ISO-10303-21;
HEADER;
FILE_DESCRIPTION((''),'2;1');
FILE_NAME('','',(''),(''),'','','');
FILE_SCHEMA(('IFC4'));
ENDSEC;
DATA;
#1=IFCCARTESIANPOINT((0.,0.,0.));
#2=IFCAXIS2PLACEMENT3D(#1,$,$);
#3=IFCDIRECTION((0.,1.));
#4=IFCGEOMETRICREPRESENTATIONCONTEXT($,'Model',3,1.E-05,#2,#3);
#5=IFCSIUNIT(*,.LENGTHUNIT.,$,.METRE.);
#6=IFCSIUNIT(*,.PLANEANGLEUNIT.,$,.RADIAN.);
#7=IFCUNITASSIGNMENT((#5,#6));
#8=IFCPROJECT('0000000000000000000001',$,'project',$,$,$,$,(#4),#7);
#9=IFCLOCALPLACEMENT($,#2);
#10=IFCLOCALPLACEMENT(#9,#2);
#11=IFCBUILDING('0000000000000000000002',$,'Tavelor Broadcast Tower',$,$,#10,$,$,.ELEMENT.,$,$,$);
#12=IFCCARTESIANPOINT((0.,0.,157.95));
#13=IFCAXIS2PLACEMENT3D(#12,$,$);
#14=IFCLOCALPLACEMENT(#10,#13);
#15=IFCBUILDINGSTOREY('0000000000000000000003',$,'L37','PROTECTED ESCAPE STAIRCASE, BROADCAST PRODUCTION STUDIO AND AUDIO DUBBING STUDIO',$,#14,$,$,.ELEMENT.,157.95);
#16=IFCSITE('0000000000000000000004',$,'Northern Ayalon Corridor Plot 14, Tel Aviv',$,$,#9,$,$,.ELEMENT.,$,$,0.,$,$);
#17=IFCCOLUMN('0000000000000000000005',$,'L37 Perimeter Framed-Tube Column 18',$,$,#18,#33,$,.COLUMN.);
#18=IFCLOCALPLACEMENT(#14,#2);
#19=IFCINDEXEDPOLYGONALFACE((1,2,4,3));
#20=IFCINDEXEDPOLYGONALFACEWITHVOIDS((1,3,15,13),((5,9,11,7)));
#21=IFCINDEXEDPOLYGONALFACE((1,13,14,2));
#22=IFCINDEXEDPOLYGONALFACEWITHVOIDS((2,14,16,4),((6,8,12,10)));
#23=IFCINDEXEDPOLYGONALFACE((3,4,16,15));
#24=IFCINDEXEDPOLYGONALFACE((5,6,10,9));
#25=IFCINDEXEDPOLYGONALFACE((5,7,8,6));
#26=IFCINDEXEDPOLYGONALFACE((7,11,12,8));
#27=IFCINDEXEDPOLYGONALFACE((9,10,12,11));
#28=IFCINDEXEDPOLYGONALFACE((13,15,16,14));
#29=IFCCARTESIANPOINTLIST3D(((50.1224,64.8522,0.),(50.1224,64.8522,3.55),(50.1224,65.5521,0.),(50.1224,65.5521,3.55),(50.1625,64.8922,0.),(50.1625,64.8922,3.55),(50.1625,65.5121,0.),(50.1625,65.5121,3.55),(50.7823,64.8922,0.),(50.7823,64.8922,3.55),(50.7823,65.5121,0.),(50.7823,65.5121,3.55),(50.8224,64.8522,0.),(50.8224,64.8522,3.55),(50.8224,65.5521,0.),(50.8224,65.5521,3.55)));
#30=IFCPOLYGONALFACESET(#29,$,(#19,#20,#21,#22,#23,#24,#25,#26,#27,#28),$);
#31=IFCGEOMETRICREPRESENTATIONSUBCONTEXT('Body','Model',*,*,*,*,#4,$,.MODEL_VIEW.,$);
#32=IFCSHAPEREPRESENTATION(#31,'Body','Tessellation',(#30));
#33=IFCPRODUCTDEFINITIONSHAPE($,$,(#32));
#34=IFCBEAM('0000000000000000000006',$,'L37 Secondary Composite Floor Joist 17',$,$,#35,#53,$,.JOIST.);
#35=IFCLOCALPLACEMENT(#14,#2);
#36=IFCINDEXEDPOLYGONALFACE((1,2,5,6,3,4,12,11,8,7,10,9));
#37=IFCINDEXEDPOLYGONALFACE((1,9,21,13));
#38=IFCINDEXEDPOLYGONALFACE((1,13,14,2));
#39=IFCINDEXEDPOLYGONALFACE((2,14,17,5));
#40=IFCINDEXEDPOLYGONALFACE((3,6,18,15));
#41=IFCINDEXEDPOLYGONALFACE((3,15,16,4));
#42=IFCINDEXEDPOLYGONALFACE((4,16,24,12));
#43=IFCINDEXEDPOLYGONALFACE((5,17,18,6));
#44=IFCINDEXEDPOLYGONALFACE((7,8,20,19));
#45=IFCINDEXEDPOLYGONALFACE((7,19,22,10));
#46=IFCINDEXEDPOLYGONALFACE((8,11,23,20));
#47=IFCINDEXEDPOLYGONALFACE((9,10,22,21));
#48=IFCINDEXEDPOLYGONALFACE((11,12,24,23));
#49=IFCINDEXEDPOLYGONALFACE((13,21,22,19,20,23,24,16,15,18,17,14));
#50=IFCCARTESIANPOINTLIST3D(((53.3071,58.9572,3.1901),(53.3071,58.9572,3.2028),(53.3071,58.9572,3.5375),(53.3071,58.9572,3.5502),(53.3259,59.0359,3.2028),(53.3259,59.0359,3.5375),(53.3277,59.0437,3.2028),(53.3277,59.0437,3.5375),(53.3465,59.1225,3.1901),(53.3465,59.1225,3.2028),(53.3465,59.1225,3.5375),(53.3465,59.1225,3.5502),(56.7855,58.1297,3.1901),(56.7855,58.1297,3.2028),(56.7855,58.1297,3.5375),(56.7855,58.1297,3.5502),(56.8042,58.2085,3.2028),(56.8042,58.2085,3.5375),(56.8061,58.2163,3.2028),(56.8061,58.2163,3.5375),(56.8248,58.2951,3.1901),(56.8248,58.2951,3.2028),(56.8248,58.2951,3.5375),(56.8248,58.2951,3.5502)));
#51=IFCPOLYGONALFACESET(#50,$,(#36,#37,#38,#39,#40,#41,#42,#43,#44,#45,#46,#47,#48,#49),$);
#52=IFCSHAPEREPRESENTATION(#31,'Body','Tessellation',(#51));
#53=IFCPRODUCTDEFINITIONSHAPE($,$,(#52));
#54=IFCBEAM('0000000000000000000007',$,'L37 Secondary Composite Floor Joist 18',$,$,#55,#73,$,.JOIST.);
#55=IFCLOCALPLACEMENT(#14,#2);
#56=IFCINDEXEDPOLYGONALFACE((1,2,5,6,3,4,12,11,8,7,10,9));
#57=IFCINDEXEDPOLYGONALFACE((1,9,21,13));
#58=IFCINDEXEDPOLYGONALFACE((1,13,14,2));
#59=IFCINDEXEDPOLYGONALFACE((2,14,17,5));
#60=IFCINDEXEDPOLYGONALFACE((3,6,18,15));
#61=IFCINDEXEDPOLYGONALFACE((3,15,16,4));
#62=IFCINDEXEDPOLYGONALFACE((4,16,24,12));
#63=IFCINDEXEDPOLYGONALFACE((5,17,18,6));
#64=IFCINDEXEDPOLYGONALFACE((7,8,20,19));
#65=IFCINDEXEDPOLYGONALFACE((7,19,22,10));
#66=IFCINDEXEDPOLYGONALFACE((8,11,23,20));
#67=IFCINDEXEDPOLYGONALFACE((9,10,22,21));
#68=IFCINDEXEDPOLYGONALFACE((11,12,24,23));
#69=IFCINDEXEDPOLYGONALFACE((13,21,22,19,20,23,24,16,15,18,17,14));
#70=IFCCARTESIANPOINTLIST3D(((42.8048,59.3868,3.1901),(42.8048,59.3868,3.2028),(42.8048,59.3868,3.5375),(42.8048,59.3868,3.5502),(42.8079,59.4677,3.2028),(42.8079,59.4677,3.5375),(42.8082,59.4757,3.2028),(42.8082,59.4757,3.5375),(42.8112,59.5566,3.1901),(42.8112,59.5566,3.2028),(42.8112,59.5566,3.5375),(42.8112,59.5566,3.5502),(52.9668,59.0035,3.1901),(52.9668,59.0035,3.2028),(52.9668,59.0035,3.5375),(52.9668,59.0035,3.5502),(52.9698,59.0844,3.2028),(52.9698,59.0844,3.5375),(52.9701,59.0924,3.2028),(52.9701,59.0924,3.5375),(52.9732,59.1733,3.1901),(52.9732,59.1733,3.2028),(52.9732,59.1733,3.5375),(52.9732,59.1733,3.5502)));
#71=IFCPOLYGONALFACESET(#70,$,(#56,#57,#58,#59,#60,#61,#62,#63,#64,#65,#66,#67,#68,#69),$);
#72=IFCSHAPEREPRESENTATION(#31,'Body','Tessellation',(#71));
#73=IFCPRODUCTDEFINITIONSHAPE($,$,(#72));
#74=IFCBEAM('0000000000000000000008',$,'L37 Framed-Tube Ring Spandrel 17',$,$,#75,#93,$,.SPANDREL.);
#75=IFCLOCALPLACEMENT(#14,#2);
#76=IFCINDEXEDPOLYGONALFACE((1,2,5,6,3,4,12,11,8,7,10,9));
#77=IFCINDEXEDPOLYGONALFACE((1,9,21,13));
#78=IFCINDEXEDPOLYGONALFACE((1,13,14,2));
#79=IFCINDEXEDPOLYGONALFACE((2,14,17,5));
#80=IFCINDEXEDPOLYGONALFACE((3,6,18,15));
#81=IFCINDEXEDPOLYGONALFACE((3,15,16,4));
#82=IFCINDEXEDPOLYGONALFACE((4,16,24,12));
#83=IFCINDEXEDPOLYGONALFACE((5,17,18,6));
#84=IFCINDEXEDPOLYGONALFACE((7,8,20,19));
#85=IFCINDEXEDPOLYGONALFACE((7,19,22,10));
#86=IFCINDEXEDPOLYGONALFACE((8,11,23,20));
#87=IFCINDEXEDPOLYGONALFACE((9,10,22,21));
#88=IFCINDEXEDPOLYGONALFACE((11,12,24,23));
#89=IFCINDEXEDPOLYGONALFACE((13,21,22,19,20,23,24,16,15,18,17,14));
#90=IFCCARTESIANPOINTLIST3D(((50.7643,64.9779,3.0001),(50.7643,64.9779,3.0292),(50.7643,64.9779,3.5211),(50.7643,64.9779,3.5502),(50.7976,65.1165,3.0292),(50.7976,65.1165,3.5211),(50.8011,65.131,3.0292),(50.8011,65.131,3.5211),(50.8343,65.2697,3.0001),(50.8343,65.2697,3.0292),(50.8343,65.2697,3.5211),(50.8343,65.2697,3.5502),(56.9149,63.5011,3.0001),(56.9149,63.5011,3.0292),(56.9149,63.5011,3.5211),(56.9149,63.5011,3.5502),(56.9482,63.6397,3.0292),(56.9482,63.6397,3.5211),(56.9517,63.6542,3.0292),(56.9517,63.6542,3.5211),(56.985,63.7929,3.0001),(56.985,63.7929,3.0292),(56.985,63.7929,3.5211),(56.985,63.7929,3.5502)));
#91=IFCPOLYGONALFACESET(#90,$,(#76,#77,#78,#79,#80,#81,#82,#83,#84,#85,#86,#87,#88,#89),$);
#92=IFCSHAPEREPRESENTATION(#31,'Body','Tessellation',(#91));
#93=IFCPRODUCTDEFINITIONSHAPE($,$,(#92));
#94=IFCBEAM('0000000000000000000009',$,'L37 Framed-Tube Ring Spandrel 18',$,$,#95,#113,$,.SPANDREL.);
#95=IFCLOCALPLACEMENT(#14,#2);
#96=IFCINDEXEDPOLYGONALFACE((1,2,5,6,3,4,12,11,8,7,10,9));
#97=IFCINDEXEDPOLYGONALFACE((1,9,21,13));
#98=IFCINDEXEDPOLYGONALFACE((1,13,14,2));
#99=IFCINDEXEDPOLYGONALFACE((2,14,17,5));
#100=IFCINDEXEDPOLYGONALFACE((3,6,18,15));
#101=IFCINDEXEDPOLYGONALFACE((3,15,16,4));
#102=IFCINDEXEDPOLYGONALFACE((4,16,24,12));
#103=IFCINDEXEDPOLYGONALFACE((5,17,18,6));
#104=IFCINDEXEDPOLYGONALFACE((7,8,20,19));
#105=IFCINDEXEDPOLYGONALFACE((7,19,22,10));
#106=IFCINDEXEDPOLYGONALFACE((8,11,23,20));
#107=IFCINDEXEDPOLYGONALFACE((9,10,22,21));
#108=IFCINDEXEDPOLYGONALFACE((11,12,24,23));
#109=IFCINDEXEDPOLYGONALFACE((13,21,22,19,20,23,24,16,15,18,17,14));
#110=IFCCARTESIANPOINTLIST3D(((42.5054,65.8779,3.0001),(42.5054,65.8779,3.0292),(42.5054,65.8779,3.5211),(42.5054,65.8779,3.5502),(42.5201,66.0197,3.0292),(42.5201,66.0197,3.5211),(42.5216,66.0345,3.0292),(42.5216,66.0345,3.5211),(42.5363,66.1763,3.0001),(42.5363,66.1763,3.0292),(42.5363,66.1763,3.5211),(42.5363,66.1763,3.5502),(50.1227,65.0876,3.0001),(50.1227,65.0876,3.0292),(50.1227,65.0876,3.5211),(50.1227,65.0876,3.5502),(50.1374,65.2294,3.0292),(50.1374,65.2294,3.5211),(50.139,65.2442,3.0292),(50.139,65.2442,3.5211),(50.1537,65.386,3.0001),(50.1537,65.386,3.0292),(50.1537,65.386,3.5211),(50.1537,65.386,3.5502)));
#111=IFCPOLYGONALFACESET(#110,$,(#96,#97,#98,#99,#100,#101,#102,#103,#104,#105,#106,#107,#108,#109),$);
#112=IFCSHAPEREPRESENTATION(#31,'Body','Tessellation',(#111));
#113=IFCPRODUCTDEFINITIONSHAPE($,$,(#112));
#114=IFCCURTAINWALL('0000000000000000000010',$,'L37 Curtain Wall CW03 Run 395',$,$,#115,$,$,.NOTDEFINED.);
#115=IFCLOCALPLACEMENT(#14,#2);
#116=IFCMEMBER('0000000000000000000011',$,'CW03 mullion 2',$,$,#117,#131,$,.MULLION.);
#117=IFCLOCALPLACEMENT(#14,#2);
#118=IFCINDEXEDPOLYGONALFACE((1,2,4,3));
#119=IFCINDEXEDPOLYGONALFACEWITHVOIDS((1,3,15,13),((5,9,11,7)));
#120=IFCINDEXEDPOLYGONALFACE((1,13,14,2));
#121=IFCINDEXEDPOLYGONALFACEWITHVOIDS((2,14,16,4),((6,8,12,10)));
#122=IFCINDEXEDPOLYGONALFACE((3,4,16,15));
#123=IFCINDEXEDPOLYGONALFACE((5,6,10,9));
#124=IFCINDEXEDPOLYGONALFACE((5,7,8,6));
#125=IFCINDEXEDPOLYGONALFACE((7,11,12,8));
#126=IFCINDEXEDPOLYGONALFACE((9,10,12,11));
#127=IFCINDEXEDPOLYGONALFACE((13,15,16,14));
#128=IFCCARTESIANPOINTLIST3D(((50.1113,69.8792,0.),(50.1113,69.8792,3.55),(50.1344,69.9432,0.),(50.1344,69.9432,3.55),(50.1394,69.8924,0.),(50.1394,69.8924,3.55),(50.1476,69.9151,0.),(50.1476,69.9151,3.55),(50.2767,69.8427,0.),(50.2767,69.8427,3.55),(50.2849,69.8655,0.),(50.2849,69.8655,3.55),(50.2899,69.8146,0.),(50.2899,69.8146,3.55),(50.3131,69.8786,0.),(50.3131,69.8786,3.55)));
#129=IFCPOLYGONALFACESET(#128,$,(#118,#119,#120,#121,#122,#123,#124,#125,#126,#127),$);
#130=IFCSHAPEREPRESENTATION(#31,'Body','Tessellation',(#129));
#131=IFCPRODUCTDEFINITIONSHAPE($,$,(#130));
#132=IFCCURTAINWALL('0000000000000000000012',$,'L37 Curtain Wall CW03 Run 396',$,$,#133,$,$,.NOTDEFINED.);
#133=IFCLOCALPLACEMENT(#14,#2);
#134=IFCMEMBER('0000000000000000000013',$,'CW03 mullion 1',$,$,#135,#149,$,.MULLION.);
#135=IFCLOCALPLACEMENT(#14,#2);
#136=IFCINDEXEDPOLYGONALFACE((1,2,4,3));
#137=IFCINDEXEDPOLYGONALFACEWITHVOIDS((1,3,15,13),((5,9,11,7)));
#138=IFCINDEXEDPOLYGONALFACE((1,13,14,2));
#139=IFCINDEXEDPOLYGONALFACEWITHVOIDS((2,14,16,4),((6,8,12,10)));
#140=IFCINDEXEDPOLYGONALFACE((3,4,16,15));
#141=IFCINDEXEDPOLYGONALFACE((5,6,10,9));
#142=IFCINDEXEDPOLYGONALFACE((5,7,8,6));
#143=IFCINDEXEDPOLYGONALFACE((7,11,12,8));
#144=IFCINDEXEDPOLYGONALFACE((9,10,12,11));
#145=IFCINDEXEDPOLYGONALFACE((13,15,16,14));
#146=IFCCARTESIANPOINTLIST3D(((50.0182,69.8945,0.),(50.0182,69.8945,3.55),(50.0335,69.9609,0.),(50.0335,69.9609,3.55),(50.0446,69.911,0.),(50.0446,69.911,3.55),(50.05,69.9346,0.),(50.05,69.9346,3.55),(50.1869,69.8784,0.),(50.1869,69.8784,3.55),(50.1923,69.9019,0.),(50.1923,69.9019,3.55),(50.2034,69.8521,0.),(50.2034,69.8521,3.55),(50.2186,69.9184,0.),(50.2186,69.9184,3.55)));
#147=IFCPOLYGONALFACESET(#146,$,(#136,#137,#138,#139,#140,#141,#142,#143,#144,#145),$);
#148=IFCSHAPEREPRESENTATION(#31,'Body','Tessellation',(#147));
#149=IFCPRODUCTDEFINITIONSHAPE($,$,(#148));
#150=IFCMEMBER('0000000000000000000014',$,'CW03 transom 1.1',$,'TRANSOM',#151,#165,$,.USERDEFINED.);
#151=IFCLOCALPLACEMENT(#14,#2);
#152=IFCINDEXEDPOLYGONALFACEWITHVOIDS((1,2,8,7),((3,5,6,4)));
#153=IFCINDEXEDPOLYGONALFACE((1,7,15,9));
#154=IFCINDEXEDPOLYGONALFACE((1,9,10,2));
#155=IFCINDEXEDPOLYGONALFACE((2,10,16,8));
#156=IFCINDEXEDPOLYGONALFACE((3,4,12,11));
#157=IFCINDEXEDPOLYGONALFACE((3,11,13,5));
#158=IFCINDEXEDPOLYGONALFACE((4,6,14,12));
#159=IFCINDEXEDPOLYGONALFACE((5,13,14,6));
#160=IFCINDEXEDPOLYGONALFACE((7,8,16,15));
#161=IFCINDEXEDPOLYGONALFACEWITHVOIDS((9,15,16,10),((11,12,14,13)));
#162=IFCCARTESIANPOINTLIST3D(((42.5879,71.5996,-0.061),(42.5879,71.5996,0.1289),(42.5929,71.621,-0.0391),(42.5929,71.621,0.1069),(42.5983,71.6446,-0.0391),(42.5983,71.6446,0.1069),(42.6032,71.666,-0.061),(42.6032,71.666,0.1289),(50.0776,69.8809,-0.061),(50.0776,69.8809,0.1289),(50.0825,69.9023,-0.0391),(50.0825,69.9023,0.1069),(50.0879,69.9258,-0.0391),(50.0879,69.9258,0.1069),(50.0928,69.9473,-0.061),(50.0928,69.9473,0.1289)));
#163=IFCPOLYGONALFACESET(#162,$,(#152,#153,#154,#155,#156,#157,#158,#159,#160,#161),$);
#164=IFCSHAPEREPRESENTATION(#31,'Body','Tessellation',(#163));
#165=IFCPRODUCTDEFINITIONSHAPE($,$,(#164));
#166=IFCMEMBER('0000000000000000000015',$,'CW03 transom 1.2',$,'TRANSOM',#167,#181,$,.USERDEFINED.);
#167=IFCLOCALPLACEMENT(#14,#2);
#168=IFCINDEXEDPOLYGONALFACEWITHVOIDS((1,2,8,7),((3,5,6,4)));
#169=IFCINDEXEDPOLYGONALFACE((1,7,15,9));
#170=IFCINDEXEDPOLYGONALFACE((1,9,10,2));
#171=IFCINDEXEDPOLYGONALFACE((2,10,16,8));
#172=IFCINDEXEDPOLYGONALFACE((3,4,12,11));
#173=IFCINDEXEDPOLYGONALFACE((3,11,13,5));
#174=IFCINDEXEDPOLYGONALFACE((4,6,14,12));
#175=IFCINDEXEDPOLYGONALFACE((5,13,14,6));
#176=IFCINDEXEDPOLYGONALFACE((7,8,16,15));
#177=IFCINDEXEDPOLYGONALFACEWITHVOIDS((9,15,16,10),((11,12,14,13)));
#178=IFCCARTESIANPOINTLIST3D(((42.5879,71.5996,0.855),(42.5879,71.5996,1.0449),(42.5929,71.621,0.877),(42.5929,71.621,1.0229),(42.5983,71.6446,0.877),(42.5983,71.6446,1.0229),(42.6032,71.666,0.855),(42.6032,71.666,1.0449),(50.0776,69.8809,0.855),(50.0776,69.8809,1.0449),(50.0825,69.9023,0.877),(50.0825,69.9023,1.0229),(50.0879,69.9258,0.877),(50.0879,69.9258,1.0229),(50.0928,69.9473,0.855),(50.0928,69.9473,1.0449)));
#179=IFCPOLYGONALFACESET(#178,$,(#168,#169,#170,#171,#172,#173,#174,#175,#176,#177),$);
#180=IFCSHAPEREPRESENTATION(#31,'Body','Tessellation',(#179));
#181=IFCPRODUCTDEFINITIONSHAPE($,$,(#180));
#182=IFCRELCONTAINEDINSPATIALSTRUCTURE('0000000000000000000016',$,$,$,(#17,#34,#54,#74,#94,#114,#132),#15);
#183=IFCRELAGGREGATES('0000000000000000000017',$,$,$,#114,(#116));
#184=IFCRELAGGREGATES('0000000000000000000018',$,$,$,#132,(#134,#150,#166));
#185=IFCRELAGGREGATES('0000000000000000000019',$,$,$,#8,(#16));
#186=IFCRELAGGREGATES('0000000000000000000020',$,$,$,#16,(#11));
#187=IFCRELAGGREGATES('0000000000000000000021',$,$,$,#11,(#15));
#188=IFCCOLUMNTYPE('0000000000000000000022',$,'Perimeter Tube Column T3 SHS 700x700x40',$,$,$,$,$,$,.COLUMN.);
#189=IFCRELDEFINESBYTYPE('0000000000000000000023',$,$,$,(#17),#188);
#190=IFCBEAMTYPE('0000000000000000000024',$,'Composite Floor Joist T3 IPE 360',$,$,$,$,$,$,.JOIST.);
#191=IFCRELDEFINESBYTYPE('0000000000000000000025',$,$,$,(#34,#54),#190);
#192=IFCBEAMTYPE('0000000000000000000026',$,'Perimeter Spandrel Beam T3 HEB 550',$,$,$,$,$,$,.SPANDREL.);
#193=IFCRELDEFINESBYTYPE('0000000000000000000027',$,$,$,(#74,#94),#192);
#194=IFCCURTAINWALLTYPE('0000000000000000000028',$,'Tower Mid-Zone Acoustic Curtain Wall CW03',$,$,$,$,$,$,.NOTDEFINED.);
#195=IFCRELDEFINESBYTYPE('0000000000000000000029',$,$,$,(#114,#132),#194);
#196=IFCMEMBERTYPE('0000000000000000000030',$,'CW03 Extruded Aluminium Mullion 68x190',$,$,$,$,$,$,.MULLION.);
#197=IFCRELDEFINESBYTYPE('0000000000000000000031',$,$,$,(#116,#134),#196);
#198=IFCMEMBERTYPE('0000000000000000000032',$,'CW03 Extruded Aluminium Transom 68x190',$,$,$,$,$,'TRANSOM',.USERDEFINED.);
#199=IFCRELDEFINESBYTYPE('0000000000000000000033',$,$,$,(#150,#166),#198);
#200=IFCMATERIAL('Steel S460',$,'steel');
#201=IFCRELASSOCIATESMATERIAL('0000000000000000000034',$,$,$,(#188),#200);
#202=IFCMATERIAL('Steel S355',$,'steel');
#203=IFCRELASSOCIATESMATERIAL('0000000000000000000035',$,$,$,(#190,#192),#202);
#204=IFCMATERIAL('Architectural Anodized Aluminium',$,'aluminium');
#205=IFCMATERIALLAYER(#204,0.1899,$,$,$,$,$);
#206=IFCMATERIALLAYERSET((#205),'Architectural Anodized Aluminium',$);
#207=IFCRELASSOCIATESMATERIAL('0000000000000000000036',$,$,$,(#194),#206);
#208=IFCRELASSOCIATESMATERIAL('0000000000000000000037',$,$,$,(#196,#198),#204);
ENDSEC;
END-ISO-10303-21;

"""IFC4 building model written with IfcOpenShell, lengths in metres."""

from ifc_helpers import new_model, si_unit, direction, frame, origin, origin_2d, place, context, subcontext, project, spatial, hollow_rectangle, i_section, extrude, source, transform, mapped, material, layer, layer_set, material_profile, profile_set, type_object, type_shapes, element, aggregate, save


model = new_model("IFC4")

# Units and contexts
model_context = context("Model", 3, precision=1e-05, world=origin(), true_north=direction((0.0, 1.0)))
body_context = subcontext(model_context, "Body", "Model", "MODEL_VIEW")
ifc_project = project(units=[si_unit("LENGTHUNIT", "METRE"), si_unit("PLANEANGLEUNIT", "RADIAN")], contexts=[model_context])

# Site, building, storey
site_placement = place(None, origin())
site = spatial("IfcSite", under=ifc_project, at=site_placement, Name="Northern Ayalon Corridor Plot 14, Tel Aviv", CompositionType="ELEMENT", RefElevation=0.0)
building_placement = place(site_placement, origin())
building = spatial("IfcBuilding", under=site, at=building_placement, Name="Tavelor Broadcast Tower", CompositionType="ELEMENT")
storey_placement = place(building_placement, frame((0.0, 0.0, 157.95)))
storey = spatial("IfcBuildingStorey", under=building, at=storey_placement, Name="L37", Description="PROTECTED ESCAPE STAIRCASE, BROADCAST PRODUCTION STUDIO AND AUDIO DUBBING STUDIO", CompositionType="ELEMENT", Elevation=157.95)

# Column
ifc_material_1 = material(Name="Steel S460", Category="steel")
ifc_material_profile_1 = material_profile(ifc_material_1, hollow_rectangle(XDim=0.7, YDim=0.7, WallThickness=0.04, at=origin_2d()), Name="SHS 700x700x40")
ifc_profile_set_1 = profile_set([ifc_material_profile_1], Name="Steel S460")
column_type = type_object("IfcColumnType", Name="Perimeter Tube Column T3 SHS 700x700x40", PredefinedType="COLUMN", material=ifc_profile_set_1)
column_placement = place(storey_placement, frame((50.4724, 65.2021, 0.0), z_axis=(0.0, 0.0, 1.0), x_axis=(1.0, 0.0, 0.0)))
element("IfcColumn", 1, at=column_placement, inside=storey, type_object=column_type, Name="L37 Perimeter Framed-Tube Column 18", PredefinedType="COLUMN", context=body_context, shape_type="SweptSolid", body=[
    extrude(hollow_rectangle(XDim=0.7, YDim=0.7, WallThickness=0.04, at=origin_2d()), origin(), (0.0, 0.0, 1.0), 3.55),
])

# Beams
ifc_material_2 = material(Name="Steel S355", Category="steel")
ifc_material_profile_2 = material_profile(ifc_material_2, i_section(OverallWidth=0.1699, OverallDepth=0.3601, WebThickness=0.0081, FlangeThickness=0.0127, at=origin_2d()), Name="IPE 360")
ifc_profile_set_2 = profile_set([ifc_material_profile_2], Name="Steel S355")
beam_type_1 = type_object("IfcBeamType", Name="Composite Floor Joist T3 IPE 360", PredefinedType="JOIST", material=ifc_profile_set_2)
beam_1_placement = place(storey_placement, frame((56.8052, 58.2124, 3.3701), z_axis=(-0.972855, 0.231417, 0.0), x_axis=(-0.231417, -0.972855, 0.0)))
element("IfcBeam", 2, at=beam_1_placement, inside=storey, type_object=beam_type_1, Name="L37 Secondary Composite Floor Joist 17", PredefinedType="JOIST", context=body_context, shape_type="SweptSolid", body=[
    extrude(i_section(OverallWidth=0.1699, OverallDepth=0.3601, WebThickness=0.0081, FlangeThickness=0.0127, at=origin_2d()), origin(), (0.0, 0.0, 1.0), 3.5754),
])
beam_2_placement = place(storey_placement, frame((52.97, 59.0884, 3.3701), z_axis=(-0.999289, 0.037693, 0.0), x_axis=(-0.037693, -0.999289, 0.0)))
element("IfcBeam", 3, at=beam_2_placement, inside=storey, type_object=beam_type_1, Name="L37 Secondary Composite Floor Joist 18", PredefinedType="JOIST", context=body_context, shape_type="SweptSolid", body=[
    extrude(i_section(OverallWidth=0.1699, OverallDepth=0.3601, WebThickness=0.0081, FlangeThickness=0.0127, at=origin_2d()), origin(), (0.0, 0.0, 1.0), 10.1692),
])
ifc_material_profile_3 = material_profile(ifc_material_2, i_section(OverallWidth=0.3, OverallDepth=0.55, WebThickness=0.0149, FlangeThickness=0.0291, at=origin_2d()), Name="HEB 550")
ifc_profile_set_3 = profile_set([ifc_material_profile_3], Name="Steel S355")
beam_type_2 = type_object("IfcBeamType", Name="Perimeter Spandrel Beam T3 HEB 550", PredefinedType="SPANDREL", material=ifc_profile_set_3)
beam_3_placement = place(storey_placement, frame((56.95, 63.647, 3.2751), z_axis=(-0.972364, 0.233471, 0.0), x_axis=(-0.233471, -0.972364, 0.0)))
element("IfcBeam", 4, at=beam_3_placement, inside=storey, type_object=beam_type_2, Name="L37 Framed-Tube Ring Spandrel 17", PredefinedType="SPANDREL", context=body_context, shape_type="SweptSolid", body=[
    extrude(i_section(OverallWidth=0.3, OverallDepth=0.55, WebThickness=0.0149, FlangeThickness=0.0291, at=origin_2d()), origin(), (0.0, 0.0, 1.0), 6.3254),
])
beam_4_placement = place(storey_placement, frame((50.1382, 65.2368, 3.2751), z_axis=(-0.994661, 0.103193, 0.0), x_axis=(-0.103193, -0.994661, 0.0)))
element("IfcBeam", 5, at=beam_4_placement, inside=storey, type_object=beam_type_2, Name="L37 Framed-Tube Ring Spandrel 18", PredefinedType="SPANDREL", context=body_context, shape_type="SweptSolid", body=[
    extrude(i_section(OverallWidth=0.3, OverallDepth=0.55, WebThickness=0.0149, FlangeThickness=0.0291, at=origin_2d()), origin(), (0.0, 0.0, 1.0), 7.6582),
])

# Curtain wall, member
ifc_material_3 = material(Name="Architectural Anodized Aluminium", Category="aluminium")
ifc_layer_1 = layer(ifc_material_3, 0.1899)
ifc_layer_set_1 = layer_set([ifc_layer_1], Name="Architectural Anodized Aluminium")
curtain_wall_type = type_object("IfcCurtainWallType", Name="Tower Mid-Zone Acoustic Curtain Wall CW03", PredefinedType="NOTDEFINED", material=ifc_layer_set_1)
curtain_wall_1_placement = place(storey_placement, origin())
curtain_wall_1 = element("IfcCurtainWall", 6, at=curtain_wall_1_placement, inside=storey, type_object=curtain_wall_type, Name="L37 Curtain Wall CW03 Run 395", PredefinedType="NOTDEFINED")
ifc_material_profile_4 = material_profile(ifc_material_3, hollow_rectangle(XDim=0.0681, YDim=0.1899, WallThickness=0.022, at=origin_2d()), Name="RHS 68x190x22")
ifc_profile_set_4 = profile_set([ifc_material_profile_4], Name="Architectural Anodized Aluminium")
member_type_1 = type_object("IfcMemberType", Name="CW03 Extruded Aluminium Mullion 68x190", PredefinedType="MULLION", material=ifc_profile_set_4)
shared_shape_1 = source(origin(), body_context, "Body", "SweptSolid", [
    extrude(hollow_rectangle(XDim=0.0681, YDim=0.1899, WallThickness=0.022, at=origin_2d()), origin(), (0.0, 0.0, 1.0), 3.55),
])
type_shapes(member_type_1, [shared_shape_1])
member_1_placement = place(storey_placement, frame((50.2122, 69.8789, 0.0), z_axis=(0.0, 0.0, 1.0), x_axis=(-0.339961, -0.94044, 0.0)))
member_1 = element("IfcMember", 7, at=member_1_placement, type_object=member_type_1, Name="CW03 mullion 2", PredefinedType="MULLION", context=body_context, shape_type="MappedRepresentation", body=[
    mapped(shared_shape_1, transform((0.0, 0.0, 0.0), scale=1.0)),
])

# Curtain wall, members
curtain_wall_2_placement = place(storey_placement, origin())
curtain_wall_2 = element("IfcCurtainWall", 8, at=curtain_wall_2_placement, inside=storey, type_object=curtain_wall_type, Name="L37 Curtain Wall CW03 Run 396", PredefinedType="NOTDEFINED")
member_2_placement = place(storey_placement, frame((50.1184, 69.9065, 0.0), z_axis=(0.0, 0.0, 1.0), x_axis=(-0.223653, -0.974669, 0.0)))
member_2 = element("IfcMember", 9, at=member_2_placement, type_object=member_type_1, Name="CW03 mullion 1", PredefinedType="MULLION", context=body_context, shape_type="MappedRepresentation", body=[
    mapped(shared_shape_1, transform((0.0, 0.0, 0.0), scale=1.0)),
])
ifc_material_profile_5 = material_profile(ifc_material_3, hollow_rectangle(XDim=0.0681, YDim=0.1899, WallThickness=0.022, at=origin_2d()), Name="RHS 68x190x22")
ifc_profile_set_5 = profile_set([ifc_material_profile_5], Name="Architectural Anodized Aluminium")
member_type_2 = type_object("IfcMemberType", Name="CW03 Extruded Aluminium Transom 68x190", ElementType="TRANSOM", PredefinedType="USERDEFINED", material=ifc_profile_set_5)
shared_shape_2 = source(origin(), body_context, "Body", "SweptSolid", [
    extrude(hollow_rectangle(XDim=0.0681, YDim=0.1899, WallThickness=0.022, at=origin_2d()), origin(), (0.0, 0.0, 1.0), 7.6843),
])
type_shapes(member_type_2, [shared_shape_2])
member_3_placement = place(storey_placement, frame((50.0852, 69.9141, 0.0339), z_axis=(-0.974666, 0.223667, 0.0), x_axis=(-0.223667, -0.974666, 0.0)))
member_3 = element("IfcMember", 10, at=member_3_placement, type_object=member_type_2, Name="CW03 transom 1.1", ObjectType="TRANSOM", PredefinedType="USERDEFINED", context=body_context, shape_type="MappedRepresentation", body=[
    mapped(shared_shape_2, transform((0.0, 0.0, 0.0), scale=1.0)),
])
member_4_placement = place(storey_placement, frame((50.0852, 69.9141, 0.95), z_axis=(-0.974666, 0.223667, 0.0), x_axis=(-0.223667, -0.974666, 0.0)))
member_4 = element("IfcMember", 11, at=member_4_placement, type_object=member_type_2, Name="CW03 transom 1.2", ObjectType="TRANSOM", PredefinedType="USERDEFINED", context=body_context, shape_type="MappedRepresentation", body=[
    mapped(shared_shape_2, transform((0.0, 0.0, 0.0), scale=1.0)),
])

aggregate(curtain_wall_1, [member_1])
aggregate(curtain_wall_2, [member_2, member_3, member_4])

save(model, "model.ifc")
